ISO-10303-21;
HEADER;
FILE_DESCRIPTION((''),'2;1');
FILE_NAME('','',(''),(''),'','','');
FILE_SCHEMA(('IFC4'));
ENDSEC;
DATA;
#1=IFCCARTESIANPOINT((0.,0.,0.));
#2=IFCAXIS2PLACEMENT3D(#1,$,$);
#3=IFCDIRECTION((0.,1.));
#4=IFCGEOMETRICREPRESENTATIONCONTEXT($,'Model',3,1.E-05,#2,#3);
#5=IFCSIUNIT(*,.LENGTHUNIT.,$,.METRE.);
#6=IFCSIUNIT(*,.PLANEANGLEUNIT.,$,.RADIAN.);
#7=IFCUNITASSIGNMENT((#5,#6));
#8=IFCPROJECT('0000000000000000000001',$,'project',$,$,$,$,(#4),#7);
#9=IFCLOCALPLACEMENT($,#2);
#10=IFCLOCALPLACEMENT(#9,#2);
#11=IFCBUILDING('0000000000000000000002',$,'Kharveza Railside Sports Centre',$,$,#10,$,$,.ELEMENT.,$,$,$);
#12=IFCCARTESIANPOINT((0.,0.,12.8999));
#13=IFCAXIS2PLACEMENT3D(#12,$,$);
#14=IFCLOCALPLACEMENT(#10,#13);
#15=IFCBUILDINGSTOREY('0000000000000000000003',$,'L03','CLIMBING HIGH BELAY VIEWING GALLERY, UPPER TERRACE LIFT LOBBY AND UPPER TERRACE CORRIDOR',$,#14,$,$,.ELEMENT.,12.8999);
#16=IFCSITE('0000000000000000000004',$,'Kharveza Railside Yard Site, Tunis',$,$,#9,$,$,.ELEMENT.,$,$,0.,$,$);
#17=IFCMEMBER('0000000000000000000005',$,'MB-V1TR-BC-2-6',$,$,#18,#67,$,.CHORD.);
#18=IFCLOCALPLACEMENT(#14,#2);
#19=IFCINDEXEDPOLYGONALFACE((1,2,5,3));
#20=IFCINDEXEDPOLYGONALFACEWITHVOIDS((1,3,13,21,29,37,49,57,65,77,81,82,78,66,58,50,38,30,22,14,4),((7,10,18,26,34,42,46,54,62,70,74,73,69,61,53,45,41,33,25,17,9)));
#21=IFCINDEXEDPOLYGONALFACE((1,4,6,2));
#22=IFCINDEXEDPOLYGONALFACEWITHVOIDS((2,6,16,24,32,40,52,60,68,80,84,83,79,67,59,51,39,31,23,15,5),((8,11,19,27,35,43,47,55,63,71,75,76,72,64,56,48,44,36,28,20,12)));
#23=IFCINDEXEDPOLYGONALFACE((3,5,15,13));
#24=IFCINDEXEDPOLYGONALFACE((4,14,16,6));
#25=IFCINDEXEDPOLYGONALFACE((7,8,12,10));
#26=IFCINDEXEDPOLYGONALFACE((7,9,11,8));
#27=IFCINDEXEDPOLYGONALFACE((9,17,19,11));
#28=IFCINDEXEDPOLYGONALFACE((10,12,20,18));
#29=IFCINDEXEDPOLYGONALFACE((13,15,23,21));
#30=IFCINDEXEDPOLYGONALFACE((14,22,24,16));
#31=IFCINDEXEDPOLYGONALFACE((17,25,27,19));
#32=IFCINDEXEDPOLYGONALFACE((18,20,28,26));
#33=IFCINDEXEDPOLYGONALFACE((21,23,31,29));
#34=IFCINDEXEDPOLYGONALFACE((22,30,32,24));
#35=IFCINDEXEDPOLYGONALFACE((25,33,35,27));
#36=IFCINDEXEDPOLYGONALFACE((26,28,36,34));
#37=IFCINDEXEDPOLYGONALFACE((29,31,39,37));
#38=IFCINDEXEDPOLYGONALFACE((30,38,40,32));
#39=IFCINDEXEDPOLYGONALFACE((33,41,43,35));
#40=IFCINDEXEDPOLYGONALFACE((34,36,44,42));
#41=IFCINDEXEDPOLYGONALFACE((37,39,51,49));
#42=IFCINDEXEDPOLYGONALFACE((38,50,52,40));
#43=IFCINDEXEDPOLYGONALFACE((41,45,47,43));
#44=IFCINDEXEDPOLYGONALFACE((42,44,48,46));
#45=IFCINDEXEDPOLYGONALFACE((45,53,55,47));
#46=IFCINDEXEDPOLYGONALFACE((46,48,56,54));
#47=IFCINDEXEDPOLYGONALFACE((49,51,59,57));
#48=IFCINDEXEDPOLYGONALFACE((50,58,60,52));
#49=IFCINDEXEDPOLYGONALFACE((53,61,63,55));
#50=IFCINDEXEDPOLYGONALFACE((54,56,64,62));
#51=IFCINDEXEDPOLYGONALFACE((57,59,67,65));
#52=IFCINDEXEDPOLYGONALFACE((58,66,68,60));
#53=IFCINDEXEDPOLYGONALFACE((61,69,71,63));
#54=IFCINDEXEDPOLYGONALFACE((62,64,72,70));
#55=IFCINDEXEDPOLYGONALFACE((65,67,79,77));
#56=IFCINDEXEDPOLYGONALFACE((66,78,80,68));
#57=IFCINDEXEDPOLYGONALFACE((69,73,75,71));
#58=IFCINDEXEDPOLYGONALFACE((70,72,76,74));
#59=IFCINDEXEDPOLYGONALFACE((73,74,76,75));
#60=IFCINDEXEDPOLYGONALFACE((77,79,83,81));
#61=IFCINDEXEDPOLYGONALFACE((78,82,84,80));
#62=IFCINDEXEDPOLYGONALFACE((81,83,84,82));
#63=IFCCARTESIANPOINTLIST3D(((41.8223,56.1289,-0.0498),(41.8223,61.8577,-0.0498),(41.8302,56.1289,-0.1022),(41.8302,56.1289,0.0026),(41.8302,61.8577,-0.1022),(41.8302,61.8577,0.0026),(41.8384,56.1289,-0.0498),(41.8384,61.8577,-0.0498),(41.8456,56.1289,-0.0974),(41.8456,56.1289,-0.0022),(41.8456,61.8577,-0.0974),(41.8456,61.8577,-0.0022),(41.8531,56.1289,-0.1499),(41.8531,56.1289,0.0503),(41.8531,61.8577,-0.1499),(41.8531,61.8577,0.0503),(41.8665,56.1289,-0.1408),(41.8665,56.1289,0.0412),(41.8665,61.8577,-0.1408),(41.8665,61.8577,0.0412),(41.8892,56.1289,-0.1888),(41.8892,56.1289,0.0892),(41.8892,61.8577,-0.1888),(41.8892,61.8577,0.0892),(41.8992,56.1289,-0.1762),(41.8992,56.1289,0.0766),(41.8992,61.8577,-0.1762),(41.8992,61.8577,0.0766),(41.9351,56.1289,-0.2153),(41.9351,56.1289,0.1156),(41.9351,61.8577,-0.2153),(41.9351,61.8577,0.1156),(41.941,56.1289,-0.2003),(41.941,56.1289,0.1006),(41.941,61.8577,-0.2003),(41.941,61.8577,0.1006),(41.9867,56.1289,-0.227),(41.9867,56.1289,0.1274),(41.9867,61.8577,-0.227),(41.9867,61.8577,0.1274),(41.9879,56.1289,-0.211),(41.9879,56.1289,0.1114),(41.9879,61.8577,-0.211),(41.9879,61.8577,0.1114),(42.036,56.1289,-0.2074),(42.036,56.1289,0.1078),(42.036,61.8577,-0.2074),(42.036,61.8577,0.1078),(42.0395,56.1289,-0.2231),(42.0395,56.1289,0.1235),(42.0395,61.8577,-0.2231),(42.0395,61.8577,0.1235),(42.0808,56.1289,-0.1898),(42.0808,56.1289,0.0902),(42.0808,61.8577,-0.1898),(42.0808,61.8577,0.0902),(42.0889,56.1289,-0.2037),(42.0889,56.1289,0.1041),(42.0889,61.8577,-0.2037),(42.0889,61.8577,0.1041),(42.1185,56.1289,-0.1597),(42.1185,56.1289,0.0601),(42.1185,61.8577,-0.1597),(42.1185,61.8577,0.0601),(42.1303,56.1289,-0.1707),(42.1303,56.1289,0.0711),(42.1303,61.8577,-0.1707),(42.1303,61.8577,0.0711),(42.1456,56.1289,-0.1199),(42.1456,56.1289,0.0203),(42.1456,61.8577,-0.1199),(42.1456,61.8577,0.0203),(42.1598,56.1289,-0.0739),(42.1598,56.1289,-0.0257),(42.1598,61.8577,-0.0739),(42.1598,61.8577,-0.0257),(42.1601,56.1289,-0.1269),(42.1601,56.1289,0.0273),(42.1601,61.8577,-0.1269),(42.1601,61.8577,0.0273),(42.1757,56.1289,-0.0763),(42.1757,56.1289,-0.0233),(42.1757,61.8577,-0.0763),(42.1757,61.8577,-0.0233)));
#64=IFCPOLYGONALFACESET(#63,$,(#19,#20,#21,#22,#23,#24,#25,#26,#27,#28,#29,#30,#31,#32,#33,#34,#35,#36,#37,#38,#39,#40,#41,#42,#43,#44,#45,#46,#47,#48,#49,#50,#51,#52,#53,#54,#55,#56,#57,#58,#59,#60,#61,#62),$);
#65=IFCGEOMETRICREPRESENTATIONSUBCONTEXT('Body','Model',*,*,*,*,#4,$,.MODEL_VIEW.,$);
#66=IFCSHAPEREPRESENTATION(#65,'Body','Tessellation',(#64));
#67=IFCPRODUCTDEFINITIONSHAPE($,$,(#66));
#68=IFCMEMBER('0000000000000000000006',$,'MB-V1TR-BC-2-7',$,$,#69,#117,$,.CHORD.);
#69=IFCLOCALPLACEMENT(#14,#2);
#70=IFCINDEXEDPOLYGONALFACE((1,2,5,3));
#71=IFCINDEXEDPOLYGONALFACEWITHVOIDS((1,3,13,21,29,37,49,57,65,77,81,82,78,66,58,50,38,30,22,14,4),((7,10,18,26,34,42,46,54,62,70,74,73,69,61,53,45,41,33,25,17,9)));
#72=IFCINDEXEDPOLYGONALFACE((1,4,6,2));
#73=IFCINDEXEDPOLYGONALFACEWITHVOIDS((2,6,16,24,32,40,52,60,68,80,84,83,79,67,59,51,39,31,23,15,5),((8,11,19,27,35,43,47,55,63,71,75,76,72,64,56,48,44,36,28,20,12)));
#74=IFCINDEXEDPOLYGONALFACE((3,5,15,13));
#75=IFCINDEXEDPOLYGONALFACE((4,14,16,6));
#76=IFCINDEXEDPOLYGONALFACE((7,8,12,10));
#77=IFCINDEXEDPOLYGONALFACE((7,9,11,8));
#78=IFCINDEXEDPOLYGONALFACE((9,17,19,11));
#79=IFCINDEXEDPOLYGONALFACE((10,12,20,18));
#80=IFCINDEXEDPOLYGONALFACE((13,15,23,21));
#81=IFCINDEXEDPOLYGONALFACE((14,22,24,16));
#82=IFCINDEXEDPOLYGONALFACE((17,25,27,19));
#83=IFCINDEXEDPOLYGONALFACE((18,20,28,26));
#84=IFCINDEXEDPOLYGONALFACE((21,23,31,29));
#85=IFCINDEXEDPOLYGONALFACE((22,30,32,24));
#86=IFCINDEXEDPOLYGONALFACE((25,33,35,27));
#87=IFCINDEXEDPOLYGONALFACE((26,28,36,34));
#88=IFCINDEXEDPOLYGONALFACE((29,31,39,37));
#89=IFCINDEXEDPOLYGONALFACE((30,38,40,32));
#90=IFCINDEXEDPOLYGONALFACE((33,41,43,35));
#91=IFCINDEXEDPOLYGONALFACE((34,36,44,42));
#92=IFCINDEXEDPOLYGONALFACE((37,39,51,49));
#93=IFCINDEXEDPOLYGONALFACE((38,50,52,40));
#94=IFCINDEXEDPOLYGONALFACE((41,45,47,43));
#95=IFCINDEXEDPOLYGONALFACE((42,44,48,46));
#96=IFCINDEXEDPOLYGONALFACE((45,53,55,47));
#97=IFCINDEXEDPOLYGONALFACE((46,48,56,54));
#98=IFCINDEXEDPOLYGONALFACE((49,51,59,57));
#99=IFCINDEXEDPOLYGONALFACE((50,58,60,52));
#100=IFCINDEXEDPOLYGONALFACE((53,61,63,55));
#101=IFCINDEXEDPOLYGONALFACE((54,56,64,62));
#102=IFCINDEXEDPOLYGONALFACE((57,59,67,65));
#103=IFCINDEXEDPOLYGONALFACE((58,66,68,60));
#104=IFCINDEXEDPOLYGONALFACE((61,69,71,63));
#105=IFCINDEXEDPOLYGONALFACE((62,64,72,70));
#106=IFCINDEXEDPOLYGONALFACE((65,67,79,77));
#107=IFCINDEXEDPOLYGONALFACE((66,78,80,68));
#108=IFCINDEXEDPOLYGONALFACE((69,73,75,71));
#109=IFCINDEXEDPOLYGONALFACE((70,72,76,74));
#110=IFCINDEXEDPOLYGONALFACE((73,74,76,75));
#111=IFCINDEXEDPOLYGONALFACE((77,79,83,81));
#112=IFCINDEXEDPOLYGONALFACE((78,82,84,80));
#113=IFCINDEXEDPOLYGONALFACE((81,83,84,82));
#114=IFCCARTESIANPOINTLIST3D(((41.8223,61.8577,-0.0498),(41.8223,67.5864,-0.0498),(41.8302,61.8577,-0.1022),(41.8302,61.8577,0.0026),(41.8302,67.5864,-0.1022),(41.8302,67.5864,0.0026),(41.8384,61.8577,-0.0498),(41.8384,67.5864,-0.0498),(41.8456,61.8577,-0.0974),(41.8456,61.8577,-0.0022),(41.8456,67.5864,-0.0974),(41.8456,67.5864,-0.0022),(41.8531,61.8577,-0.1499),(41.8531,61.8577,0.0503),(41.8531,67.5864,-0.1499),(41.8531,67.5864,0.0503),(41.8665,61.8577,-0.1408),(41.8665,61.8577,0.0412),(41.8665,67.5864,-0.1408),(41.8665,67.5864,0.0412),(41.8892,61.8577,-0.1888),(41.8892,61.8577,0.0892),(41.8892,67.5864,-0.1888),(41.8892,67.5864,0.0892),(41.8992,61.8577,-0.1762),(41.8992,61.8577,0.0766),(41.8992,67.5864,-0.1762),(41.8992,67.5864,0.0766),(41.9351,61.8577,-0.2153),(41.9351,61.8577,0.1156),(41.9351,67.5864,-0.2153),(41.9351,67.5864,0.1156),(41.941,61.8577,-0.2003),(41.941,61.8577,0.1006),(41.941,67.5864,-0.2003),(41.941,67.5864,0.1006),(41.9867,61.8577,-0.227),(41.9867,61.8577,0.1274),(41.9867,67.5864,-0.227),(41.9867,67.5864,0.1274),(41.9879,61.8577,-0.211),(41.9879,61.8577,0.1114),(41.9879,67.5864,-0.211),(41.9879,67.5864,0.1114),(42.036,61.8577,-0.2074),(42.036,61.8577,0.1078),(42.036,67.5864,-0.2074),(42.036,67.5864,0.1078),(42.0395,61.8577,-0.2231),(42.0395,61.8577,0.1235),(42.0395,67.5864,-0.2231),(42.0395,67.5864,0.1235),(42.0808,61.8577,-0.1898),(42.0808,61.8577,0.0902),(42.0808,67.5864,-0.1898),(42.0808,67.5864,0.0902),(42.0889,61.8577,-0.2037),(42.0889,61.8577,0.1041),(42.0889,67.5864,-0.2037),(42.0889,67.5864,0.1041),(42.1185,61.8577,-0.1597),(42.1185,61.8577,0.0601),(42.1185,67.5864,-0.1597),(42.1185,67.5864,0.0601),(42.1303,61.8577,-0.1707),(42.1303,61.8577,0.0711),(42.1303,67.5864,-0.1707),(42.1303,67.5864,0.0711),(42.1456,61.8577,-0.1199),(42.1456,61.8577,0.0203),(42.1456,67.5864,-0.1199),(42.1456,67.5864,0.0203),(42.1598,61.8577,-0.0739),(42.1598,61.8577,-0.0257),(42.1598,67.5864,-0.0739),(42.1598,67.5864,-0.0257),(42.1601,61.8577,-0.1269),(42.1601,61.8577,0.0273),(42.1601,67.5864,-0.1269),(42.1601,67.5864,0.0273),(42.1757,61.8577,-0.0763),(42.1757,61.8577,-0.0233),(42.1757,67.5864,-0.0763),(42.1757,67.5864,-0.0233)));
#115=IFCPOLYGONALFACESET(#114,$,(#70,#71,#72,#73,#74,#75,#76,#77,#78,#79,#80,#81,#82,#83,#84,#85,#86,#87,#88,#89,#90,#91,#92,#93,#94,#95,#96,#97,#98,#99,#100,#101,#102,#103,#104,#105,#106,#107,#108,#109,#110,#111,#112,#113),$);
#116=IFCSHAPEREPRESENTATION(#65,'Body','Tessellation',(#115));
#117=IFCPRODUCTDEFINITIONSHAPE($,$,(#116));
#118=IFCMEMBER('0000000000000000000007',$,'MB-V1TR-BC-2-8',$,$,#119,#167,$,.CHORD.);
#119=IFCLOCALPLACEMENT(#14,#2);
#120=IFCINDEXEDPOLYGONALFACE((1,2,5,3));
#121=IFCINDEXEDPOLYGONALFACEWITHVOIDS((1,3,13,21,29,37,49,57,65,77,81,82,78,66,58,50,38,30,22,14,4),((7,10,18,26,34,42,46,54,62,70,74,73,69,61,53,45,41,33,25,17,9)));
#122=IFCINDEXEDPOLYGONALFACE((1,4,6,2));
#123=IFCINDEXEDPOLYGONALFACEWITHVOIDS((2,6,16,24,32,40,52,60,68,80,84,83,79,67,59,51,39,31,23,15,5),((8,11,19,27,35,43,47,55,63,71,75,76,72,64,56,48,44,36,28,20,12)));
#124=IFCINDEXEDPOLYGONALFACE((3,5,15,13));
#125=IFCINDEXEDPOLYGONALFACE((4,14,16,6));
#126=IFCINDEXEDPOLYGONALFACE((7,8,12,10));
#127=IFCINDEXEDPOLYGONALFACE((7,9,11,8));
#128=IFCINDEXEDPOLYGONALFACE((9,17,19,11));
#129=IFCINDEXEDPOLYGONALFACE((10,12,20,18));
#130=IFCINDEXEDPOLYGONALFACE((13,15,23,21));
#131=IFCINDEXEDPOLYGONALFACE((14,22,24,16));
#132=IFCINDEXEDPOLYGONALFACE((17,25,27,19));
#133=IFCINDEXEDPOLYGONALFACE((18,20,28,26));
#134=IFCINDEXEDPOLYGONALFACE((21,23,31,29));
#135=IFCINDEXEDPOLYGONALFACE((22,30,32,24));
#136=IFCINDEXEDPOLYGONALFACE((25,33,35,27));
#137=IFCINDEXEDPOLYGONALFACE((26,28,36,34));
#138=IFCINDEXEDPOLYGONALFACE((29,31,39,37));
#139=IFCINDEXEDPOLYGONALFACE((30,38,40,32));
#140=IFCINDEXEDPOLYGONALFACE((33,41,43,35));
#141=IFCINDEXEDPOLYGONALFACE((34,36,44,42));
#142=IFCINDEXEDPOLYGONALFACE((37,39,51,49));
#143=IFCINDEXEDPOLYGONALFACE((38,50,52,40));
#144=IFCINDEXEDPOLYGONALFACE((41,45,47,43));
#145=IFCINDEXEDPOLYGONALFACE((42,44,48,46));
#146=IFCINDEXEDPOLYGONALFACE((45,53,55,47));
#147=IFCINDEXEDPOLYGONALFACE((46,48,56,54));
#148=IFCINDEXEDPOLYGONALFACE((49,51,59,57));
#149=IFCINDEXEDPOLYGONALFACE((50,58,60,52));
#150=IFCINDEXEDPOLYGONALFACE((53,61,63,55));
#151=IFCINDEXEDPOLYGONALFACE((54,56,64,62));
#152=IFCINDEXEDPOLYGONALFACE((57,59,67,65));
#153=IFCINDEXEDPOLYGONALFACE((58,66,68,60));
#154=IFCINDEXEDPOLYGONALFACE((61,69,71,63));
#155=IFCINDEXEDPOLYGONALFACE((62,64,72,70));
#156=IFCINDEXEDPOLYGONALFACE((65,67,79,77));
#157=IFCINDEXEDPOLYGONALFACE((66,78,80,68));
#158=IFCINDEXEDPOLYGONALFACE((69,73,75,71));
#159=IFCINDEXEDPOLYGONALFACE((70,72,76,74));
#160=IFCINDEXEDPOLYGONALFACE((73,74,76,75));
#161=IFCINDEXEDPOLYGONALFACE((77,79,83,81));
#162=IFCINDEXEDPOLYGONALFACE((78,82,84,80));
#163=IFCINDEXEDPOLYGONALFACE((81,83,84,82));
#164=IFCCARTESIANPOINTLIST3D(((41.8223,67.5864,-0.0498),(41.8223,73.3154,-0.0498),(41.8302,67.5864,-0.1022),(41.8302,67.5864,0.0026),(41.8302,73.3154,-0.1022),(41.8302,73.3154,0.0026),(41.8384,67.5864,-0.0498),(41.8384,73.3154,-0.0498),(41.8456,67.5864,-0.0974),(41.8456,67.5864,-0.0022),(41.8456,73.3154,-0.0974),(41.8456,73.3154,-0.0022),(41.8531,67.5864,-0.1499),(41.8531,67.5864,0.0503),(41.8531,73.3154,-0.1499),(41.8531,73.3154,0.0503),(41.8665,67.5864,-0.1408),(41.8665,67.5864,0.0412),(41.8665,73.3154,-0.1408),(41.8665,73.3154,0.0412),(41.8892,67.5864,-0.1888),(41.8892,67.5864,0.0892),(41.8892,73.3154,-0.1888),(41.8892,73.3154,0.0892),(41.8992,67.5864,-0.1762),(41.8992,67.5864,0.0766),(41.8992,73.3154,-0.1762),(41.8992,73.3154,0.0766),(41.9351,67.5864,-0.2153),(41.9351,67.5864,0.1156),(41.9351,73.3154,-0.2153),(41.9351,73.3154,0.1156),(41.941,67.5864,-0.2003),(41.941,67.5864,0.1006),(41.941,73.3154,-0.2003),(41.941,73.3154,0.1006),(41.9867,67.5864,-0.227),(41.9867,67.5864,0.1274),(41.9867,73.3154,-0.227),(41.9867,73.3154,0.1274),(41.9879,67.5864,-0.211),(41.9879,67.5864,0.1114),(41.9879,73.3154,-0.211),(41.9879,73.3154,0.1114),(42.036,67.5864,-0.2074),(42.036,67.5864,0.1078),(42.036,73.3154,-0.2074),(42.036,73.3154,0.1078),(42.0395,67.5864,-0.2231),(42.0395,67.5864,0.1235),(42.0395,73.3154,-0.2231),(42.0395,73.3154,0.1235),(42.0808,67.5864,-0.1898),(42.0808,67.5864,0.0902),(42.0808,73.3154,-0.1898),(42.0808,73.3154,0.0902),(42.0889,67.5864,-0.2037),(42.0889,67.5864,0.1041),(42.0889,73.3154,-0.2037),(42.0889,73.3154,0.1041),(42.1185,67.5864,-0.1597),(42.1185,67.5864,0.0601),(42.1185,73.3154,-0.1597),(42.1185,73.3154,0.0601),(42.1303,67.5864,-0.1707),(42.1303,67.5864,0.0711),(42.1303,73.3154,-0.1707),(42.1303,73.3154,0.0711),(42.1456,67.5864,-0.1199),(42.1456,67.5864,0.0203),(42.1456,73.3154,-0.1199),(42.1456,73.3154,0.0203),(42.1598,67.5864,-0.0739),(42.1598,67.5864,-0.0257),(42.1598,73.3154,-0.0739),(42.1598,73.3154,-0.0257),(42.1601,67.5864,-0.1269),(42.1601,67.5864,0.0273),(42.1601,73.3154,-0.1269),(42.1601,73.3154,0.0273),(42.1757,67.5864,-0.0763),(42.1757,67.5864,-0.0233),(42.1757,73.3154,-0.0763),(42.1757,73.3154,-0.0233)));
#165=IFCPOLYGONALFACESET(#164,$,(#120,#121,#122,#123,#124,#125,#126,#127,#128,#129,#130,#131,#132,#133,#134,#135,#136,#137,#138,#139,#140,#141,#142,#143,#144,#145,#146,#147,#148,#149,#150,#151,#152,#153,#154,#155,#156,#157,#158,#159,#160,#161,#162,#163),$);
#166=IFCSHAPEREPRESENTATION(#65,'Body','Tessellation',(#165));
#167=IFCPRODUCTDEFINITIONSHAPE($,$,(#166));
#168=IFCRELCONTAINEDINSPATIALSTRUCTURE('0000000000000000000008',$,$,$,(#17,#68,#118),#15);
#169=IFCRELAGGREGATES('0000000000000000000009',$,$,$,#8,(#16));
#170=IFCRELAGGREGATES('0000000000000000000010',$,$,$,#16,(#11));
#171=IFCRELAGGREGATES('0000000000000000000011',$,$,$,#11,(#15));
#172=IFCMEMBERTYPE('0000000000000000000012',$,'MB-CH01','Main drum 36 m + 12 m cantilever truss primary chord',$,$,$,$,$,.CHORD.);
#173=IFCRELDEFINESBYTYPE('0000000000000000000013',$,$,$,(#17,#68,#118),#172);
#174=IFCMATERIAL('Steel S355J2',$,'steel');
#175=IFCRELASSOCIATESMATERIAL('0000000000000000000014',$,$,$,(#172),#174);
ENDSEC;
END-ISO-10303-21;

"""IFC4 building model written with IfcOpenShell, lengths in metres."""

from ifc_helpers import new_model, si_unit, direction, frame, origin, origin_2d, place, context, subcontext, project, spatial, hollow_circle, extrude, material, material_profile, profile_set, type_object, element, save


model = new_model("IFC4")

# Units and contexts
model_context = context("Model", 3, precision=1e-05, world=origin(), true_north=direction((0.0, 1.0)))
body_context = subcontext(model_context, "Body", "Model", "MODEL_VIEW")
ifc_project = project(units=[si_unit("LENGTHUNIT", "METRE"), si_unit("PLANEANGLEUNIT", "RADIAN")], contexts=[model_context])

# Site, building, storey
site_placement = place(None, origin())
site = spatial("IfcSite", under=ifc_project, at=site_placement, Name="Kharveza Railside Yard Site, Tunis", CompositionType="ELEMENT", RefElevation=0.0)
building_placement = place(site_placement, origin())
building = spatial("IfcBuilding", under=site, at=building_placement, Name="Kharveza Railside Sports Centre", CompositionType="ELEMENT")
storey_placement = place(building_placement, frame((0.0, 0.0, 12.8999)))
storey = spatial("IfcBuildingStorey", under=building, at=storey_placement, Name="L03", Description="CLIMBING HIGH BELAY VIEWING GALLERY, UPPER TERRACE LIFT LOBBY AND UPPER TERRACE CORRIDOR", CompositionType="ELEMENT", Elevation=12.8999)

# Members
ifc_material_1 = material(Name="Steel S355J2", Category="steel")
ifc_material_profile_1 = material_profile(ifc_material_1, hollow_circle(Radius=0.1777, WallThickness=0.0161, at=origin_2d()), Name="CHS 355.6x16.0")
ifc_profile_set_1 = profile_set([ifc_material_profile_1], Name="Steel S355J2")
member_type_1 = type_object("IfcMemberType", Name="MB-CH01", Description="Main drum 36 m + 12 m cantilever truss primary chord", PredefinedType="CHORD", material=ifc_profile_set_1)
for number, where, z_axis, x_axis, name in (
    (1, (42.0, 56.1289, -0.0498), (0.0, 1.0, 0.0), (-1.0, 0.0, 0.0), "MB-V1TR-BC-2-6"),
    (2, (42.0, 61.8577, -0.0498), (0.0, 1.0, 0.0), (-1.0, 0.0, 0.0), "MB-V1TR-BC-2-7"),
):
    element("IfcMember", number, at=place(storey_placement, frame(where, z_axis=z_axis, x_axis=x_axis)), inside=storey, type_object=member_type_1, Name=name, PredefinedType="CHORD", context=body_context, shape_type="SweptSolid", body=[
        extrude(hollow_circle(Radius=0.1777, WallThickness=0.0161, at=origin_2d()), origin(), (0.0, 0.0, 1.0), 5.7288),
    ])
member_1_placement = place(storey_placement, frame((42.0, 67.5864, -0.0498), z_axis=(0.0, 1.0, 0.0), x_axis=(-1.0, 0.0, 0.0)))
element("IfcMember", 3, at=member_1_placement, inside=storey, type_object=member_type_1, Name="MB-V1TR-BC-2-8", PredefinedType="CHORD", context=body_context, shape_type="SweptSolid", body=[
    extrude(hollow_circle(Radius=0.1777, WallThickness=0.0161, at=origin_2d()), origin(), (0.0, 0.0, 1.0), 5.729),
])

save(model, "model.ifc")
